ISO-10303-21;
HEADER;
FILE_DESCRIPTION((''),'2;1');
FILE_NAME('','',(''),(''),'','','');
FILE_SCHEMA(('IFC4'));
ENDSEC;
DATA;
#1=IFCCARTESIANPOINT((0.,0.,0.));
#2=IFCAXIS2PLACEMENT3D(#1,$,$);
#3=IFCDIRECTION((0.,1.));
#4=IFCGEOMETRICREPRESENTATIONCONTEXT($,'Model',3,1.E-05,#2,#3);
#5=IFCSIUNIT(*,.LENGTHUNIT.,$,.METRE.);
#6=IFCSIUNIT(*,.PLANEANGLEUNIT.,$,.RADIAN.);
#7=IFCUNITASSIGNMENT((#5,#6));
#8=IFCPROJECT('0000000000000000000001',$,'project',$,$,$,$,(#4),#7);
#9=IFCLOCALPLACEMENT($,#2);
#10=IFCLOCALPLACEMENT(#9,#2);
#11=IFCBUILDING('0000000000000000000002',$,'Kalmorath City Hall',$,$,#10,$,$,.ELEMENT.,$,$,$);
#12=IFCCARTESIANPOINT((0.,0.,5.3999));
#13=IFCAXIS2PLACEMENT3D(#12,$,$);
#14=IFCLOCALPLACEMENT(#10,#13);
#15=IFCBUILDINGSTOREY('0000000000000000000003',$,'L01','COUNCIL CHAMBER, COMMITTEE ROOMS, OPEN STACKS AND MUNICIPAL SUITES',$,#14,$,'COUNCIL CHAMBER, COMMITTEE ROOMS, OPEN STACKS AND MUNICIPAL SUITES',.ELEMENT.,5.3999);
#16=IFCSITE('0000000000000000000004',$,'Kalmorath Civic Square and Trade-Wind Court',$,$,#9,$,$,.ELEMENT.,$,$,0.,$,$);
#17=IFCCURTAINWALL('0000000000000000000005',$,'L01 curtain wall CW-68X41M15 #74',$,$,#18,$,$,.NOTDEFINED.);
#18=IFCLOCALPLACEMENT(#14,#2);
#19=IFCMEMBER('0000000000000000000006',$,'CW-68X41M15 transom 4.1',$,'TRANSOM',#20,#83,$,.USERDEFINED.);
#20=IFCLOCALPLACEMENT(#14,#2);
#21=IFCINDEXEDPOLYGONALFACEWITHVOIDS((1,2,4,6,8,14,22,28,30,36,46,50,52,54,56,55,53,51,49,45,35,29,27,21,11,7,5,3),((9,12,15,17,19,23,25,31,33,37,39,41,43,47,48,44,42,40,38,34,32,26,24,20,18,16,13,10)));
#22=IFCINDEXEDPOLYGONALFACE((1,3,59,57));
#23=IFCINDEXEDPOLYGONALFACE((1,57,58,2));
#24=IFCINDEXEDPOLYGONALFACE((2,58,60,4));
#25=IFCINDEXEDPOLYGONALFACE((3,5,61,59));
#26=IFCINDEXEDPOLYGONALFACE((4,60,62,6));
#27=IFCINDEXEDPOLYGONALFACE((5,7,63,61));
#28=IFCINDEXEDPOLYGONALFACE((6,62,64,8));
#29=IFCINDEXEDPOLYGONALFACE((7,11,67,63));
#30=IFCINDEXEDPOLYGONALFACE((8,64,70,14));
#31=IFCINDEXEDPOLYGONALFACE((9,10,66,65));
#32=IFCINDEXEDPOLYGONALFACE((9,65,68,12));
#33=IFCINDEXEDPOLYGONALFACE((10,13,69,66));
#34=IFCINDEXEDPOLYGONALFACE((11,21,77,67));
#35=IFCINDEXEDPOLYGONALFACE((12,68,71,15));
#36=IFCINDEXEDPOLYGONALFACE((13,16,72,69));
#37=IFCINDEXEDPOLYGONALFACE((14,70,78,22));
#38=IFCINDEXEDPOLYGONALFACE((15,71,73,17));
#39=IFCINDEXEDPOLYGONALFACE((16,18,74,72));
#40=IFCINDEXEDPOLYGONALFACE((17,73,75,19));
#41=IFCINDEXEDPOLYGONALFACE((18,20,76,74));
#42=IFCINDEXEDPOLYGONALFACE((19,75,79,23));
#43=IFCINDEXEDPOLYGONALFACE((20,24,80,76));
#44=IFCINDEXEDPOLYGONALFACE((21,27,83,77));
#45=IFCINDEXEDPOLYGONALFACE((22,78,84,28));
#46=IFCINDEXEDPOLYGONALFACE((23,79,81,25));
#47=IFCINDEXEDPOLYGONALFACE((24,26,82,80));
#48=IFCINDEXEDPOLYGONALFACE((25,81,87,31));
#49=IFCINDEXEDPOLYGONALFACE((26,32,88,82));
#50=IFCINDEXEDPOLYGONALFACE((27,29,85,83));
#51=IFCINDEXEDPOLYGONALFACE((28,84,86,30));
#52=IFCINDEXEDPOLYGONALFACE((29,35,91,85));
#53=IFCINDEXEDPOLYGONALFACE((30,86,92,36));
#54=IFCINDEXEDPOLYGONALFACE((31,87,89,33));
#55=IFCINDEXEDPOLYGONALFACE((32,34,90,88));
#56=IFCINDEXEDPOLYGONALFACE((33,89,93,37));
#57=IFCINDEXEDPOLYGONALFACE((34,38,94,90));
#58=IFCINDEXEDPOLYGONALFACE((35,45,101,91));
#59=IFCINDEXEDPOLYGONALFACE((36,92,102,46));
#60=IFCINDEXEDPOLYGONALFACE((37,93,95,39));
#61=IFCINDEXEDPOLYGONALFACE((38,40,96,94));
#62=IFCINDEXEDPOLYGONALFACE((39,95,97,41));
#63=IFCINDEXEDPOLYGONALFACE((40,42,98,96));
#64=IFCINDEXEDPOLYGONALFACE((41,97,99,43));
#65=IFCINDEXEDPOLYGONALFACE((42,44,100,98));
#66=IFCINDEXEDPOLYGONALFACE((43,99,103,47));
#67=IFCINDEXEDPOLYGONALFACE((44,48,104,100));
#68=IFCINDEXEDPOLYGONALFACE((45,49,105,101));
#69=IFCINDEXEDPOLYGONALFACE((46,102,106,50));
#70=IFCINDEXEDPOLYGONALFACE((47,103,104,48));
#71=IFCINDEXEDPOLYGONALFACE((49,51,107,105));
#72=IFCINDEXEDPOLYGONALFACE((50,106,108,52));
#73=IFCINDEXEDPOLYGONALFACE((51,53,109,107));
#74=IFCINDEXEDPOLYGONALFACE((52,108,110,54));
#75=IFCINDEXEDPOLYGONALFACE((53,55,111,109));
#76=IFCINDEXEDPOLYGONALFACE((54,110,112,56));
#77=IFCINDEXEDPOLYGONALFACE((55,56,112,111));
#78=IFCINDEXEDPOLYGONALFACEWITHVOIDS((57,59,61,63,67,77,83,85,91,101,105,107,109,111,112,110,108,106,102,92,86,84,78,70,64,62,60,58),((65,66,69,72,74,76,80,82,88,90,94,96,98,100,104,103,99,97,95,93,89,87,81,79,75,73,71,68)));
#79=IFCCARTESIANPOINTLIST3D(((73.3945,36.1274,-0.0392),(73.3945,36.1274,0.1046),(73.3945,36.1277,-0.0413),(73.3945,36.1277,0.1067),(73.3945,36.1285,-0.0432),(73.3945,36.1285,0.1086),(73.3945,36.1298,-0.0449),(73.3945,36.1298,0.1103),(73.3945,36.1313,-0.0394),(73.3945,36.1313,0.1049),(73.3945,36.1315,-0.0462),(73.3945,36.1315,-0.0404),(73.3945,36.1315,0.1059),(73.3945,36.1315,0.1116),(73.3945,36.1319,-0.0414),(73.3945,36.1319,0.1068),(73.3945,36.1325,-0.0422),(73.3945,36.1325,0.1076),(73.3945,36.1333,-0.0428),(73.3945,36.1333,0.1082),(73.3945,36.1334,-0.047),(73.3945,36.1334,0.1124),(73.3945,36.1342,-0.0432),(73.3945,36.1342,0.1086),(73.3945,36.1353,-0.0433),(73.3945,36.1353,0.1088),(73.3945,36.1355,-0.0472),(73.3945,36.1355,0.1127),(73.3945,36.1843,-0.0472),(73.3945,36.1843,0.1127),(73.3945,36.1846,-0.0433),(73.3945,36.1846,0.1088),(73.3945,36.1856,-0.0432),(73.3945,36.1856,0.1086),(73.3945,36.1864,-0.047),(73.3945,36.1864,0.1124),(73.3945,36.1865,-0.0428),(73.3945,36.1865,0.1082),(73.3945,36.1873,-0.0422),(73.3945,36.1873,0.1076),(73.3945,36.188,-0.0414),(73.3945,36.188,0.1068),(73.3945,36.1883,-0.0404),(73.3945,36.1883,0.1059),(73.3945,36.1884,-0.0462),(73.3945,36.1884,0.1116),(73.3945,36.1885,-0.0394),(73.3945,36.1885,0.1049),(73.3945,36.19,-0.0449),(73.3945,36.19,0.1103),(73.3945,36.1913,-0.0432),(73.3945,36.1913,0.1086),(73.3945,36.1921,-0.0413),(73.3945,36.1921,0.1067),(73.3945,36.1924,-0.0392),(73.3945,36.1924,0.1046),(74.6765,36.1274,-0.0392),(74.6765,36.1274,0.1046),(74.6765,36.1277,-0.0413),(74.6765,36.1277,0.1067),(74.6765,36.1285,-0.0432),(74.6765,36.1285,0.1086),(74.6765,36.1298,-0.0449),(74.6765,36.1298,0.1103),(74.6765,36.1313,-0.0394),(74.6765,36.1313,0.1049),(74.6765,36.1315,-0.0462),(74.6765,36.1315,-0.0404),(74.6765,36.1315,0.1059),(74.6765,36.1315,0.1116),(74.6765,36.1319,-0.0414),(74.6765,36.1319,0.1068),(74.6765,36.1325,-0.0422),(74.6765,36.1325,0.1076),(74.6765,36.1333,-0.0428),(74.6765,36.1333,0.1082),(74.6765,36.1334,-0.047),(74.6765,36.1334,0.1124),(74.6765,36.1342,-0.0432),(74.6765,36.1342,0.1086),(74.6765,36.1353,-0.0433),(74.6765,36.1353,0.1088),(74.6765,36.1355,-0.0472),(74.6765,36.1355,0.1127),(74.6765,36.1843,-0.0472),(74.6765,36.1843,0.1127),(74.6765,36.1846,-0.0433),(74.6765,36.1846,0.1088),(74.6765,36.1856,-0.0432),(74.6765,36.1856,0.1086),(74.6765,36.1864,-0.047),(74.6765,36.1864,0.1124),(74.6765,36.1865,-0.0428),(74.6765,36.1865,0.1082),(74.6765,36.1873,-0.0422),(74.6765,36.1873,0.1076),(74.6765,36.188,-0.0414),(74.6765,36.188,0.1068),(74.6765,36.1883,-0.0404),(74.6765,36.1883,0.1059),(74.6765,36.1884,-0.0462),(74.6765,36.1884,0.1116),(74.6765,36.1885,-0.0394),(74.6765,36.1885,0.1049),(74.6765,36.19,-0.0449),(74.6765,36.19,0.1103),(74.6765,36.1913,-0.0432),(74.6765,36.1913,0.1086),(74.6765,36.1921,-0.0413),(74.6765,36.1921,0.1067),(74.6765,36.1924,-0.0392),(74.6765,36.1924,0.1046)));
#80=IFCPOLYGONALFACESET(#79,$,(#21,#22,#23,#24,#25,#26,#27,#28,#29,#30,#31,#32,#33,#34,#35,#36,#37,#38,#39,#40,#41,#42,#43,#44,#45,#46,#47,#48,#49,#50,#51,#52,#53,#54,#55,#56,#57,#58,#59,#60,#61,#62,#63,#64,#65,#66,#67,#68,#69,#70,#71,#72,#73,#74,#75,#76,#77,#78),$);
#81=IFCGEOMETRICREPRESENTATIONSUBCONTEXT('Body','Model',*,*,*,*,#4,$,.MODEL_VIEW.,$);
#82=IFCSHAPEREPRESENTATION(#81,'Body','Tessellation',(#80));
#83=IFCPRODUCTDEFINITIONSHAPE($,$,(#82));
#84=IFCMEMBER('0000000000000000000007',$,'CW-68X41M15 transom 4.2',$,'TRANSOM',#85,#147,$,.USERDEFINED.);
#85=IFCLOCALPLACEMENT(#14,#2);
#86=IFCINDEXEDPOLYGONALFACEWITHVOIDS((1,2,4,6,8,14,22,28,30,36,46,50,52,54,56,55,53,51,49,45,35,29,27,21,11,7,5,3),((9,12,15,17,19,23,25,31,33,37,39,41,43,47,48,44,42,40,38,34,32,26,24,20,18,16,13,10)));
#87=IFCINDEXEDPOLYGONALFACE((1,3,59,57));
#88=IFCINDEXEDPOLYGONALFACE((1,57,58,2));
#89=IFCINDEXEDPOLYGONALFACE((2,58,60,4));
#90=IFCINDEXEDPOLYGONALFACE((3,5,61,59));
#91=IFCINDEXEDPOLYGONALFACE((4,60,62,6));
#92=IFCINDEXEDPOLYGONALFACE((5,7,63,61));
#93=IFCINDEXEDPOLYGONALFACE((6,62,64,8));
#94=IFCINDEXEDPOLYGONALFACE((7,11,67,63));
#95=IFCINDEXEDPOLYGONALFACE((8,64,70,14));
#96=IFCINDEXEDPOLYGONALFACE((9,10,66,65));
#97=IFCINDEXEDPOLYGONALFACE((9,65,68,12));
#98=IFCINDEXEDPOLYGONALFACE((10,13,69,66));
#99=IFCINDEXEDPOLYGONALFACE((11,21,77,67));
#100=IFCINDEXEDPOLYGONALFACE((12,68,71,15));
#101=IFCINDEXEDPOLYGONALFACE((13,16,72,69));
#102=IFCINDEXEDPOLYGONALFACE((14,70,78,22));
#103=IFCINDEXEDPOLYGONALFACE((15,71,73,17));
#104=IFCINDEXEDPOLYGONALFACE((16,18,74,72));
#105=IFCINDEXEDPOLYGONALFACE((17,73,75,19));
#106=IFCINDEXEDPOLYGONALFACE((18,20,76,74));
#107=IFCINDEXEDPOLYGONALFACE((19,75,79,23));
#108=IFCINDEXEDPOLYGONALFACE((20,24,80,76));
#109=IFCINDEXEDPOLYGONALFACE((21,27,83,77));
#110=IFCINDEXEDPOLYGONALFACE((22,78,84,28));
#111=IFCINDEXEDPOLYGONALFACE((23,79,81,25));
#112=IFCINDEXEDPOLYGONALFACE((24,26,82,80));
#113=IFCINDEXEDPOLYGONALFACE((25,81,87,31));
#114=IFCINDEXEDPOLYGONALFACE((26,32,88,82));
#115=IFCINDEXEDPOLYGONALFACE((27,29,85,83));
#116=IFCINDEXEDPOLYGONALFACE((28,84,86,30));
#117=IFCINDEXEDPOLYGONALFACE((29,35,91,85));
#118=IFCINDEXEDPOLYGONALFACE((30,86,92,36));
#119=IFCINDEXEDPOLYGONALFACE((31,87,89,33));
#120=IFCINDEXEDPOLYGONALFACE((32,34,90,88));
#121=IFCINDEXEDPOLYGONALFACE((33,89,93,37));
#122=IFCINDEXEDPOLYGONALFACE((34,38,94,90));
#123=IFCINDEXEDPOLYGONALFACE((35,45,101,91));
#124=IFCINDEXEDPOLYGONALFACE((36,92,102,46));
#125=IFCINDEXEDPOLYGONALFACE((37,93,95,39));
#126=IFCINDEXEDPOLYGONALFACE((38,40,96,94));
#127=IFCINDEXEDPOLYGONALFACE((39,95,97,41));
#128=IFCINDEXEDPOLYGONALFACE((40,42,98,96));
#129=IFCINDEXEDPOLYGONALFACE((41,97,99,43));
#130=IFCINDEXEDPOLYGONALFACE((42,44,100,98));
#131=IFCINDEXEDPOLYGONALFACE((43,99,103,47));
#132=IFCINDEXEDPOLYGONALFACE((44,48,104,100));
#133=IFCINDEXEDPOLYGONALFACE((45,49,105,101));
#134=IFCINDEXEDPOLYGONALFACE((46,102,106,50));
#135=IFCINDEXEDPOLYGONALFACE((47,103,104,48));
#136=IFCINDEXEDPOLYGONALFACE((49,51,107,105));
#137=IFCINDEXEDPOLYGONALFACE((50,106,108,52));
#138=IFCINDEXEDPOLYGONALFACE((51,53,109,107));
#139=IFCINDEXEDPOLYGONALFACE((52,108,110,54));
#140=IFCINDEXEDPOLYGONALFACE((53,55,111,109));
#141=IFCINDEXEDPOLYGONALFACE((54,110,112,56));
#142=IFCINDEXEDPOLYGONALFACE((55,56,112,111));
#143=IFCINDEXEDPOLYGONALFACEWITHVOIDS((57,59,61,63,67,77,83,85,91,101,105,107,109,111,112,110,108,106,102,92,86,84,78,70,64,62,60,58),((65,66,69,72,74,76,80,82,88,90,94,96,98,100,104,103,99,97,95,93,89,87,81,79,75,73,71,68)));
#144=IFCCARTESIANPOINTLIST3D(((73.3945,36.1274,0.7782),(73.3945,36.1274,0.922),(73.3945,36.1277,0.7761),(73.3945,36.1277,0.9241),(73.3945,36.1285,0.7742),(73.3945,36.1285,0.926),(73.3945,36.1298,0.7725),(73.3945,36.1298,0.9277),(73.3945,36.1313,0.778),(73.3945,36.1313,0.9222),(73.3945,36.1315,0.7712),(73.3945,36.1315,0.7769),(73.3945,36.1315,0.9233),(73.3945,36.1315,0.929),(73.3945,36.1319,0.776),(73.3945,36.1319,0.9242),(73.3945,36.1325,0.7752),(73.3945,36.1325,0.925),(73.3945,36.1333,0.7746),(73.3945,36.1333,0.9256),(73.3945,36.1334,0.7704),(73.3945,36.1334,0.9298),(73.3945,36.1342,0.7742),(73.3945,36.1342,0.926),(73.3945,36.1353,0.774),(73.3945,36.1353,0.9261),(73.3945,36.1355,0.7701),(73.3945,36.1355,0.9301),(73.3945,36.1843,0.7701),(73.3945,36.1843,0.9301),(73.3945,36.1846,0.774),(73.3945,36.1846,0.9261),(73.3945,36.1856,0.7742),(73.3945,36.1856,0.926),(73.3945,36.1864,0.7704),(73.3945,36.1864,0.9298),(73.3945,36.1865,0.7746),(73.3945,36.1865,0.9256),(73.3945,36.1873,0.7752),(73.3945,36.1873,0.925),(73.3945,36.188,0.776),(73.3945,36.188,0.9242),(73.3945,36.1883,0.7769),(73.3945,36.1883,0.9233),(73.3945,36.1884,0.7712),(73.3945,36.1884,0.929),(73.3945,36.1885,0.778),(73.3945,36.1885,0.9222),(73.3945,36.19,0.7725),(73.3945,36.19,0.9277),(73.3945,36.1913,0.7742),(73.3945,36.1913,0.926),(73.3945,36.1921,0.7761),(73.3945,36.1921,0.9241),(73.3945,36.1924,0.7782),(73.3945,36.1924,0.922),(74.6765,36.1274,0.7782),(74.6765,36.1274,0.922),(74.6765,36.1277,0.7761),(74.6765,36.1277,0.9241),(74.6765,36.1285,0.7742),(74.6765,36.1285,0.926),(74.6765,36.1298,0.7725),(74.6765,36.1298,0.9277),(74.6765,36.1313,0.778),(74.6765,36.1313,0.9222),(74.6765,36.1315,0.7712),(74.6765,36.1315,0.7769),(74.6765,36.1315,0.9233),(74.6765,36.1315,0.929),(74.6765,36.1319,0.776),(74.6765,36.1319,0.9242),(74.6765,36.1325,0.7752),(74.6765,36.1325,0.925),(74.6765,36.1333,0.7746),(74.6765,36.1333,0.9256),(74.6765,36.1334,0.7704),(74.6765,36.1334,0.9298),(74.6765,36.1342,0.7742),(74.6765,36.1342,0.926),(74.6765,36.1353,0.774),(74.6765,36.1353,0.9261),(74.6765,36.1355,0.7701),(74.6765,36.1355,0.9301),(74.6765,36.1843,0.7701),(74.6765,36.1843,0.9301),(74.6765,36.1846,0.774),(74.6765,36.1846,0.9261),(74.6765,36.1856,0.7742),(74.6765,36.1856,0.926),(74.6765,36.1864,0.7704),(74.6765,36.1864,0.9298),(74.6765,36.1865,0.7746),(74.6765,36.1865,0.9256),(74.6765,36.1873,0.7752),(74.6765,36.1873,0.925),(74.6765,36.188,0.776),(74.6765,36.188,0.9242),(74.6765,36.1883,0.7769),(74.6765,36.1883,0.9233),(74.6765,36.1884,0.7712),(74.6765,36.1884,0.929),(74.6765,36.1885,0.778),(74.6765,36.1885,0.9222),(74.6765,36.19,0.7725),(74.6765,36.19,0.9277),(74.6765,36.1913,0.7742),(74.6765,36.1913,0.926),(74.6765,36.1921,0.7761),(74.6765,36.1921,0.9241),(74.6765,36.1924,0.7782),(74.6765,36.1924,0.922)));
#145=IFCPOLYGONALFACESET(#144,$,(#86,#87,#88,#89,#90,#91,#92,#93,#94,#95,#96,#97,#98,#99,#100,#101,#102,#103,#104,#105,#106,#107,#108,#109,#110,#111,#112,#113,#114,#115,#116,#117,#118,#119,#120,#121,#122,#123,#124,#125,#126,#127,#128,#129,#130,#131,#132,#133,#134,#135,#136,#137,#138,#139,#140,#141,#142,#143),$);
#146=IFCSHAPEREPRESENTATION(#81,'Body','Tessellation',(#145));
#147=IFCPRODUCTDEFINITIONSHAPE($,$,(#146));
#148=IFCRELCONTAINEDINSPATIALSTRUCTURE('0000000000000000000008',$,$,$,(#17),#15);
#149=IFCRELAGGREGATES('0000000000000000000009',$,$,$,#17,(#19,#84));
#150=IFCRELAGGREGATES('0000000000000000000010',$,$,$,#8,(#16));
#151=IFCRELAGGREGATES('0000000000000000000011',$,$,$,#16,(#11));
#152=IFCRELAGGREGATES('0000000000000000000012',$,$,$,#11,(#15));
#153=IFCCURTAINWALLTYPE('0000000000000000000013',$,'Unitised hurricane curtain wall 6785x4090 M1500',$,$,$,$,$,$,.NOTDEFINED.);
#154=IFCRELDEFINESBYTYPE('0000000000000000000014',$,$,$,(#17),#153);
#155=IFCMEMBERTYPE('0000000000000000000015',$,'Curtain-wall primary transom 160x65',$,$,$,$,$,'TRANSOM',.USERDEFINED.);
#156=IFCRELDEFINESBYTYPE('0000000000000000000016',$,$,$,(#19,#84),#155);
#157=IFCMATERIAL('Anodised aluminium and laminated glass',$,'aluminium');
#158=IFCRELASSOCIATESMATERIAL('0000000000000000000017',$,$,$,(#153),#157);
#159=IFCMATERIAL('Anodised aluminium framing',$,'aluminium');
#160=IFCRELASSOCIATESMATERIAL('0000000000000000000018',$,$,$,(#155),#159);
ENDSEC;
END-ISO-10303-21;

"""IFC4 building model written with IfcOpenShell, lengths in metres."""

from ifc_helpers import new_model, si_unit, direction, frame, origin, origin_2d, place, context, subcontext, project, spatial, hollow_rectangle, extrude, material, material_profile, profile_set, type_object, element, aggregate, save


model = new_model("IFC4")

# Units and contexts
model_context = context("Model", 3, precision=1e-05, world=origin(), true_north=direction((0.0, 1.0)))
body_context = subcontext(model_context, "Body", "Model", "MODEL_VIEW")
ifc_project = project(units=[si_unit("LENGTHUNIT", "METRE"), si_unit("PLANEANGLEUNIT", "RADIAN")], contexts=[model_context])

# Site, building, storey
site_placement = place(None, origin())
site = spatial("IfcSite", under=ifc_project, at=site_placement, Name="Kalmorath Civic Square and Trade-Wind Court", CompositionType="ELEMENT", RefElevation=0.0)
building_placement = place(site_placement, origin())
building = spatial("IfcBuilding", under=site, at=building_placement, Name="Kalmorath City Hall", CompositionType="ELEMENT")
storey_placement = place(building_placement, frame((0.0, 0.0, 5.3999)))
storey = spatial("IfcBuildingStorey", under=building, at=storey_placement, Name="L01", Description="COUNCIL CHAMBER, COMMITTEE ROOMS, OPEN STACKS AND MUNICIPAL SUITES", LongName="COUNCIL CHAMBER, COMMITTEE ROOMS, OPEN STACKS AND MUNICIPAL SUITES", CompositionType="ELEMENT", Elevation=5.3999)

# Curtain wall
ifc_material_1 = material(Name="Anodised aluminium and laminated glass", Category="aluminium")
curtain_wall_type_1 = type_object("IfcCurtainWallType", Name="Unitised hurricane curtain wall 6785x4090 M1500", PredefinedType="NOTDEFINED", material=ifc_material_1)
curtain_wall_1_placement = place(storey_placement, origin())
curtain_wall_1 = element("IfcCurtainWall", 1, at=curtain_wall_1_placement, inside=storey, type_object=curtain_wall_type_1, Name="L01 curtain wall CW-68X41M15 #74", PredefinedType="NOTDEFINED")

# Members
ifc_material_2 = material(Name="Anodised aluminium framing", Category="aluminium")
ifc_material_profile_1 = material_profile(ifc_material_2, hollow_rectangle(XDim=0.0649, YDim=0.1599, WallThickness=0.0039, InnerFilletRadius=0.0039, OuterFilletRadius=0.0081, at=origin_2d()), Name="ALU-TRN-160X65X4")
ifc_profile_set_1 = profile_set([ifc_material_profile_1], Name="Anodised aluminium framing")
member_type_1 = type_object("IfcMemberType", Name="Curtain-wall primary transom 160x65", ElementType="TRANSOM", PredefinedType="USERDEFINED", material=ifc_profile_set_1)
member_1_placement = place(storey_placement, frame((74.6765, 36.1599, 0.0327), z_axis=(-1.0, 0.0, 0.0), x_axis=(0.0, -1.0, 0.0)))
member_1 = element("IfcMember", 2, at=member_1_placement, type_object=member_type_1, Name="CW-68X41M15 transom 4.1", ObjectType="TRANSOM", PredefinedType="USERDEFINED", context=body_context, shape_type="SweptSolid", body=[
    extrude(hollow_rectangle(XDim=0.0649, YDim=0.1599, WallThickness=0.0039, InnerFilletRadius=0.0039, OuterFilletRadius=0.0081, at=origin_2d()), origin(), (0.0, 0.0, 1.0), 1.282),
])
member_2_placement = place(storey_placement, frame((74.6765, 36.1599, 0.8501), z_axis=(-1.0, 0.0, 0.0), x_axis=(0.0, -1.0, 0.0)))
member_2 = element("IfcMember", 3, at=member_2_placement, type_object=member_type_1, Name="CW-68X41M15 transom 4.2", ObjectType="TRANSOM", PredefinedType="USERDEFINED", context=body_context, shape_type="SweptSolid", body=[
    extrude(hollow_rectangle(XDim=0.0649, YDim=0.1599, WallThickness=0.0039, InnerFilletRadius=0.0039, OuterFilletRadius=0.0081, at=origin_2d()), origin(), (0.0, 0.0, 1.0), 1.282),
])

aggregate(curtain_wall_1, [member_1, member_2])

save(model, "model.ifc")
